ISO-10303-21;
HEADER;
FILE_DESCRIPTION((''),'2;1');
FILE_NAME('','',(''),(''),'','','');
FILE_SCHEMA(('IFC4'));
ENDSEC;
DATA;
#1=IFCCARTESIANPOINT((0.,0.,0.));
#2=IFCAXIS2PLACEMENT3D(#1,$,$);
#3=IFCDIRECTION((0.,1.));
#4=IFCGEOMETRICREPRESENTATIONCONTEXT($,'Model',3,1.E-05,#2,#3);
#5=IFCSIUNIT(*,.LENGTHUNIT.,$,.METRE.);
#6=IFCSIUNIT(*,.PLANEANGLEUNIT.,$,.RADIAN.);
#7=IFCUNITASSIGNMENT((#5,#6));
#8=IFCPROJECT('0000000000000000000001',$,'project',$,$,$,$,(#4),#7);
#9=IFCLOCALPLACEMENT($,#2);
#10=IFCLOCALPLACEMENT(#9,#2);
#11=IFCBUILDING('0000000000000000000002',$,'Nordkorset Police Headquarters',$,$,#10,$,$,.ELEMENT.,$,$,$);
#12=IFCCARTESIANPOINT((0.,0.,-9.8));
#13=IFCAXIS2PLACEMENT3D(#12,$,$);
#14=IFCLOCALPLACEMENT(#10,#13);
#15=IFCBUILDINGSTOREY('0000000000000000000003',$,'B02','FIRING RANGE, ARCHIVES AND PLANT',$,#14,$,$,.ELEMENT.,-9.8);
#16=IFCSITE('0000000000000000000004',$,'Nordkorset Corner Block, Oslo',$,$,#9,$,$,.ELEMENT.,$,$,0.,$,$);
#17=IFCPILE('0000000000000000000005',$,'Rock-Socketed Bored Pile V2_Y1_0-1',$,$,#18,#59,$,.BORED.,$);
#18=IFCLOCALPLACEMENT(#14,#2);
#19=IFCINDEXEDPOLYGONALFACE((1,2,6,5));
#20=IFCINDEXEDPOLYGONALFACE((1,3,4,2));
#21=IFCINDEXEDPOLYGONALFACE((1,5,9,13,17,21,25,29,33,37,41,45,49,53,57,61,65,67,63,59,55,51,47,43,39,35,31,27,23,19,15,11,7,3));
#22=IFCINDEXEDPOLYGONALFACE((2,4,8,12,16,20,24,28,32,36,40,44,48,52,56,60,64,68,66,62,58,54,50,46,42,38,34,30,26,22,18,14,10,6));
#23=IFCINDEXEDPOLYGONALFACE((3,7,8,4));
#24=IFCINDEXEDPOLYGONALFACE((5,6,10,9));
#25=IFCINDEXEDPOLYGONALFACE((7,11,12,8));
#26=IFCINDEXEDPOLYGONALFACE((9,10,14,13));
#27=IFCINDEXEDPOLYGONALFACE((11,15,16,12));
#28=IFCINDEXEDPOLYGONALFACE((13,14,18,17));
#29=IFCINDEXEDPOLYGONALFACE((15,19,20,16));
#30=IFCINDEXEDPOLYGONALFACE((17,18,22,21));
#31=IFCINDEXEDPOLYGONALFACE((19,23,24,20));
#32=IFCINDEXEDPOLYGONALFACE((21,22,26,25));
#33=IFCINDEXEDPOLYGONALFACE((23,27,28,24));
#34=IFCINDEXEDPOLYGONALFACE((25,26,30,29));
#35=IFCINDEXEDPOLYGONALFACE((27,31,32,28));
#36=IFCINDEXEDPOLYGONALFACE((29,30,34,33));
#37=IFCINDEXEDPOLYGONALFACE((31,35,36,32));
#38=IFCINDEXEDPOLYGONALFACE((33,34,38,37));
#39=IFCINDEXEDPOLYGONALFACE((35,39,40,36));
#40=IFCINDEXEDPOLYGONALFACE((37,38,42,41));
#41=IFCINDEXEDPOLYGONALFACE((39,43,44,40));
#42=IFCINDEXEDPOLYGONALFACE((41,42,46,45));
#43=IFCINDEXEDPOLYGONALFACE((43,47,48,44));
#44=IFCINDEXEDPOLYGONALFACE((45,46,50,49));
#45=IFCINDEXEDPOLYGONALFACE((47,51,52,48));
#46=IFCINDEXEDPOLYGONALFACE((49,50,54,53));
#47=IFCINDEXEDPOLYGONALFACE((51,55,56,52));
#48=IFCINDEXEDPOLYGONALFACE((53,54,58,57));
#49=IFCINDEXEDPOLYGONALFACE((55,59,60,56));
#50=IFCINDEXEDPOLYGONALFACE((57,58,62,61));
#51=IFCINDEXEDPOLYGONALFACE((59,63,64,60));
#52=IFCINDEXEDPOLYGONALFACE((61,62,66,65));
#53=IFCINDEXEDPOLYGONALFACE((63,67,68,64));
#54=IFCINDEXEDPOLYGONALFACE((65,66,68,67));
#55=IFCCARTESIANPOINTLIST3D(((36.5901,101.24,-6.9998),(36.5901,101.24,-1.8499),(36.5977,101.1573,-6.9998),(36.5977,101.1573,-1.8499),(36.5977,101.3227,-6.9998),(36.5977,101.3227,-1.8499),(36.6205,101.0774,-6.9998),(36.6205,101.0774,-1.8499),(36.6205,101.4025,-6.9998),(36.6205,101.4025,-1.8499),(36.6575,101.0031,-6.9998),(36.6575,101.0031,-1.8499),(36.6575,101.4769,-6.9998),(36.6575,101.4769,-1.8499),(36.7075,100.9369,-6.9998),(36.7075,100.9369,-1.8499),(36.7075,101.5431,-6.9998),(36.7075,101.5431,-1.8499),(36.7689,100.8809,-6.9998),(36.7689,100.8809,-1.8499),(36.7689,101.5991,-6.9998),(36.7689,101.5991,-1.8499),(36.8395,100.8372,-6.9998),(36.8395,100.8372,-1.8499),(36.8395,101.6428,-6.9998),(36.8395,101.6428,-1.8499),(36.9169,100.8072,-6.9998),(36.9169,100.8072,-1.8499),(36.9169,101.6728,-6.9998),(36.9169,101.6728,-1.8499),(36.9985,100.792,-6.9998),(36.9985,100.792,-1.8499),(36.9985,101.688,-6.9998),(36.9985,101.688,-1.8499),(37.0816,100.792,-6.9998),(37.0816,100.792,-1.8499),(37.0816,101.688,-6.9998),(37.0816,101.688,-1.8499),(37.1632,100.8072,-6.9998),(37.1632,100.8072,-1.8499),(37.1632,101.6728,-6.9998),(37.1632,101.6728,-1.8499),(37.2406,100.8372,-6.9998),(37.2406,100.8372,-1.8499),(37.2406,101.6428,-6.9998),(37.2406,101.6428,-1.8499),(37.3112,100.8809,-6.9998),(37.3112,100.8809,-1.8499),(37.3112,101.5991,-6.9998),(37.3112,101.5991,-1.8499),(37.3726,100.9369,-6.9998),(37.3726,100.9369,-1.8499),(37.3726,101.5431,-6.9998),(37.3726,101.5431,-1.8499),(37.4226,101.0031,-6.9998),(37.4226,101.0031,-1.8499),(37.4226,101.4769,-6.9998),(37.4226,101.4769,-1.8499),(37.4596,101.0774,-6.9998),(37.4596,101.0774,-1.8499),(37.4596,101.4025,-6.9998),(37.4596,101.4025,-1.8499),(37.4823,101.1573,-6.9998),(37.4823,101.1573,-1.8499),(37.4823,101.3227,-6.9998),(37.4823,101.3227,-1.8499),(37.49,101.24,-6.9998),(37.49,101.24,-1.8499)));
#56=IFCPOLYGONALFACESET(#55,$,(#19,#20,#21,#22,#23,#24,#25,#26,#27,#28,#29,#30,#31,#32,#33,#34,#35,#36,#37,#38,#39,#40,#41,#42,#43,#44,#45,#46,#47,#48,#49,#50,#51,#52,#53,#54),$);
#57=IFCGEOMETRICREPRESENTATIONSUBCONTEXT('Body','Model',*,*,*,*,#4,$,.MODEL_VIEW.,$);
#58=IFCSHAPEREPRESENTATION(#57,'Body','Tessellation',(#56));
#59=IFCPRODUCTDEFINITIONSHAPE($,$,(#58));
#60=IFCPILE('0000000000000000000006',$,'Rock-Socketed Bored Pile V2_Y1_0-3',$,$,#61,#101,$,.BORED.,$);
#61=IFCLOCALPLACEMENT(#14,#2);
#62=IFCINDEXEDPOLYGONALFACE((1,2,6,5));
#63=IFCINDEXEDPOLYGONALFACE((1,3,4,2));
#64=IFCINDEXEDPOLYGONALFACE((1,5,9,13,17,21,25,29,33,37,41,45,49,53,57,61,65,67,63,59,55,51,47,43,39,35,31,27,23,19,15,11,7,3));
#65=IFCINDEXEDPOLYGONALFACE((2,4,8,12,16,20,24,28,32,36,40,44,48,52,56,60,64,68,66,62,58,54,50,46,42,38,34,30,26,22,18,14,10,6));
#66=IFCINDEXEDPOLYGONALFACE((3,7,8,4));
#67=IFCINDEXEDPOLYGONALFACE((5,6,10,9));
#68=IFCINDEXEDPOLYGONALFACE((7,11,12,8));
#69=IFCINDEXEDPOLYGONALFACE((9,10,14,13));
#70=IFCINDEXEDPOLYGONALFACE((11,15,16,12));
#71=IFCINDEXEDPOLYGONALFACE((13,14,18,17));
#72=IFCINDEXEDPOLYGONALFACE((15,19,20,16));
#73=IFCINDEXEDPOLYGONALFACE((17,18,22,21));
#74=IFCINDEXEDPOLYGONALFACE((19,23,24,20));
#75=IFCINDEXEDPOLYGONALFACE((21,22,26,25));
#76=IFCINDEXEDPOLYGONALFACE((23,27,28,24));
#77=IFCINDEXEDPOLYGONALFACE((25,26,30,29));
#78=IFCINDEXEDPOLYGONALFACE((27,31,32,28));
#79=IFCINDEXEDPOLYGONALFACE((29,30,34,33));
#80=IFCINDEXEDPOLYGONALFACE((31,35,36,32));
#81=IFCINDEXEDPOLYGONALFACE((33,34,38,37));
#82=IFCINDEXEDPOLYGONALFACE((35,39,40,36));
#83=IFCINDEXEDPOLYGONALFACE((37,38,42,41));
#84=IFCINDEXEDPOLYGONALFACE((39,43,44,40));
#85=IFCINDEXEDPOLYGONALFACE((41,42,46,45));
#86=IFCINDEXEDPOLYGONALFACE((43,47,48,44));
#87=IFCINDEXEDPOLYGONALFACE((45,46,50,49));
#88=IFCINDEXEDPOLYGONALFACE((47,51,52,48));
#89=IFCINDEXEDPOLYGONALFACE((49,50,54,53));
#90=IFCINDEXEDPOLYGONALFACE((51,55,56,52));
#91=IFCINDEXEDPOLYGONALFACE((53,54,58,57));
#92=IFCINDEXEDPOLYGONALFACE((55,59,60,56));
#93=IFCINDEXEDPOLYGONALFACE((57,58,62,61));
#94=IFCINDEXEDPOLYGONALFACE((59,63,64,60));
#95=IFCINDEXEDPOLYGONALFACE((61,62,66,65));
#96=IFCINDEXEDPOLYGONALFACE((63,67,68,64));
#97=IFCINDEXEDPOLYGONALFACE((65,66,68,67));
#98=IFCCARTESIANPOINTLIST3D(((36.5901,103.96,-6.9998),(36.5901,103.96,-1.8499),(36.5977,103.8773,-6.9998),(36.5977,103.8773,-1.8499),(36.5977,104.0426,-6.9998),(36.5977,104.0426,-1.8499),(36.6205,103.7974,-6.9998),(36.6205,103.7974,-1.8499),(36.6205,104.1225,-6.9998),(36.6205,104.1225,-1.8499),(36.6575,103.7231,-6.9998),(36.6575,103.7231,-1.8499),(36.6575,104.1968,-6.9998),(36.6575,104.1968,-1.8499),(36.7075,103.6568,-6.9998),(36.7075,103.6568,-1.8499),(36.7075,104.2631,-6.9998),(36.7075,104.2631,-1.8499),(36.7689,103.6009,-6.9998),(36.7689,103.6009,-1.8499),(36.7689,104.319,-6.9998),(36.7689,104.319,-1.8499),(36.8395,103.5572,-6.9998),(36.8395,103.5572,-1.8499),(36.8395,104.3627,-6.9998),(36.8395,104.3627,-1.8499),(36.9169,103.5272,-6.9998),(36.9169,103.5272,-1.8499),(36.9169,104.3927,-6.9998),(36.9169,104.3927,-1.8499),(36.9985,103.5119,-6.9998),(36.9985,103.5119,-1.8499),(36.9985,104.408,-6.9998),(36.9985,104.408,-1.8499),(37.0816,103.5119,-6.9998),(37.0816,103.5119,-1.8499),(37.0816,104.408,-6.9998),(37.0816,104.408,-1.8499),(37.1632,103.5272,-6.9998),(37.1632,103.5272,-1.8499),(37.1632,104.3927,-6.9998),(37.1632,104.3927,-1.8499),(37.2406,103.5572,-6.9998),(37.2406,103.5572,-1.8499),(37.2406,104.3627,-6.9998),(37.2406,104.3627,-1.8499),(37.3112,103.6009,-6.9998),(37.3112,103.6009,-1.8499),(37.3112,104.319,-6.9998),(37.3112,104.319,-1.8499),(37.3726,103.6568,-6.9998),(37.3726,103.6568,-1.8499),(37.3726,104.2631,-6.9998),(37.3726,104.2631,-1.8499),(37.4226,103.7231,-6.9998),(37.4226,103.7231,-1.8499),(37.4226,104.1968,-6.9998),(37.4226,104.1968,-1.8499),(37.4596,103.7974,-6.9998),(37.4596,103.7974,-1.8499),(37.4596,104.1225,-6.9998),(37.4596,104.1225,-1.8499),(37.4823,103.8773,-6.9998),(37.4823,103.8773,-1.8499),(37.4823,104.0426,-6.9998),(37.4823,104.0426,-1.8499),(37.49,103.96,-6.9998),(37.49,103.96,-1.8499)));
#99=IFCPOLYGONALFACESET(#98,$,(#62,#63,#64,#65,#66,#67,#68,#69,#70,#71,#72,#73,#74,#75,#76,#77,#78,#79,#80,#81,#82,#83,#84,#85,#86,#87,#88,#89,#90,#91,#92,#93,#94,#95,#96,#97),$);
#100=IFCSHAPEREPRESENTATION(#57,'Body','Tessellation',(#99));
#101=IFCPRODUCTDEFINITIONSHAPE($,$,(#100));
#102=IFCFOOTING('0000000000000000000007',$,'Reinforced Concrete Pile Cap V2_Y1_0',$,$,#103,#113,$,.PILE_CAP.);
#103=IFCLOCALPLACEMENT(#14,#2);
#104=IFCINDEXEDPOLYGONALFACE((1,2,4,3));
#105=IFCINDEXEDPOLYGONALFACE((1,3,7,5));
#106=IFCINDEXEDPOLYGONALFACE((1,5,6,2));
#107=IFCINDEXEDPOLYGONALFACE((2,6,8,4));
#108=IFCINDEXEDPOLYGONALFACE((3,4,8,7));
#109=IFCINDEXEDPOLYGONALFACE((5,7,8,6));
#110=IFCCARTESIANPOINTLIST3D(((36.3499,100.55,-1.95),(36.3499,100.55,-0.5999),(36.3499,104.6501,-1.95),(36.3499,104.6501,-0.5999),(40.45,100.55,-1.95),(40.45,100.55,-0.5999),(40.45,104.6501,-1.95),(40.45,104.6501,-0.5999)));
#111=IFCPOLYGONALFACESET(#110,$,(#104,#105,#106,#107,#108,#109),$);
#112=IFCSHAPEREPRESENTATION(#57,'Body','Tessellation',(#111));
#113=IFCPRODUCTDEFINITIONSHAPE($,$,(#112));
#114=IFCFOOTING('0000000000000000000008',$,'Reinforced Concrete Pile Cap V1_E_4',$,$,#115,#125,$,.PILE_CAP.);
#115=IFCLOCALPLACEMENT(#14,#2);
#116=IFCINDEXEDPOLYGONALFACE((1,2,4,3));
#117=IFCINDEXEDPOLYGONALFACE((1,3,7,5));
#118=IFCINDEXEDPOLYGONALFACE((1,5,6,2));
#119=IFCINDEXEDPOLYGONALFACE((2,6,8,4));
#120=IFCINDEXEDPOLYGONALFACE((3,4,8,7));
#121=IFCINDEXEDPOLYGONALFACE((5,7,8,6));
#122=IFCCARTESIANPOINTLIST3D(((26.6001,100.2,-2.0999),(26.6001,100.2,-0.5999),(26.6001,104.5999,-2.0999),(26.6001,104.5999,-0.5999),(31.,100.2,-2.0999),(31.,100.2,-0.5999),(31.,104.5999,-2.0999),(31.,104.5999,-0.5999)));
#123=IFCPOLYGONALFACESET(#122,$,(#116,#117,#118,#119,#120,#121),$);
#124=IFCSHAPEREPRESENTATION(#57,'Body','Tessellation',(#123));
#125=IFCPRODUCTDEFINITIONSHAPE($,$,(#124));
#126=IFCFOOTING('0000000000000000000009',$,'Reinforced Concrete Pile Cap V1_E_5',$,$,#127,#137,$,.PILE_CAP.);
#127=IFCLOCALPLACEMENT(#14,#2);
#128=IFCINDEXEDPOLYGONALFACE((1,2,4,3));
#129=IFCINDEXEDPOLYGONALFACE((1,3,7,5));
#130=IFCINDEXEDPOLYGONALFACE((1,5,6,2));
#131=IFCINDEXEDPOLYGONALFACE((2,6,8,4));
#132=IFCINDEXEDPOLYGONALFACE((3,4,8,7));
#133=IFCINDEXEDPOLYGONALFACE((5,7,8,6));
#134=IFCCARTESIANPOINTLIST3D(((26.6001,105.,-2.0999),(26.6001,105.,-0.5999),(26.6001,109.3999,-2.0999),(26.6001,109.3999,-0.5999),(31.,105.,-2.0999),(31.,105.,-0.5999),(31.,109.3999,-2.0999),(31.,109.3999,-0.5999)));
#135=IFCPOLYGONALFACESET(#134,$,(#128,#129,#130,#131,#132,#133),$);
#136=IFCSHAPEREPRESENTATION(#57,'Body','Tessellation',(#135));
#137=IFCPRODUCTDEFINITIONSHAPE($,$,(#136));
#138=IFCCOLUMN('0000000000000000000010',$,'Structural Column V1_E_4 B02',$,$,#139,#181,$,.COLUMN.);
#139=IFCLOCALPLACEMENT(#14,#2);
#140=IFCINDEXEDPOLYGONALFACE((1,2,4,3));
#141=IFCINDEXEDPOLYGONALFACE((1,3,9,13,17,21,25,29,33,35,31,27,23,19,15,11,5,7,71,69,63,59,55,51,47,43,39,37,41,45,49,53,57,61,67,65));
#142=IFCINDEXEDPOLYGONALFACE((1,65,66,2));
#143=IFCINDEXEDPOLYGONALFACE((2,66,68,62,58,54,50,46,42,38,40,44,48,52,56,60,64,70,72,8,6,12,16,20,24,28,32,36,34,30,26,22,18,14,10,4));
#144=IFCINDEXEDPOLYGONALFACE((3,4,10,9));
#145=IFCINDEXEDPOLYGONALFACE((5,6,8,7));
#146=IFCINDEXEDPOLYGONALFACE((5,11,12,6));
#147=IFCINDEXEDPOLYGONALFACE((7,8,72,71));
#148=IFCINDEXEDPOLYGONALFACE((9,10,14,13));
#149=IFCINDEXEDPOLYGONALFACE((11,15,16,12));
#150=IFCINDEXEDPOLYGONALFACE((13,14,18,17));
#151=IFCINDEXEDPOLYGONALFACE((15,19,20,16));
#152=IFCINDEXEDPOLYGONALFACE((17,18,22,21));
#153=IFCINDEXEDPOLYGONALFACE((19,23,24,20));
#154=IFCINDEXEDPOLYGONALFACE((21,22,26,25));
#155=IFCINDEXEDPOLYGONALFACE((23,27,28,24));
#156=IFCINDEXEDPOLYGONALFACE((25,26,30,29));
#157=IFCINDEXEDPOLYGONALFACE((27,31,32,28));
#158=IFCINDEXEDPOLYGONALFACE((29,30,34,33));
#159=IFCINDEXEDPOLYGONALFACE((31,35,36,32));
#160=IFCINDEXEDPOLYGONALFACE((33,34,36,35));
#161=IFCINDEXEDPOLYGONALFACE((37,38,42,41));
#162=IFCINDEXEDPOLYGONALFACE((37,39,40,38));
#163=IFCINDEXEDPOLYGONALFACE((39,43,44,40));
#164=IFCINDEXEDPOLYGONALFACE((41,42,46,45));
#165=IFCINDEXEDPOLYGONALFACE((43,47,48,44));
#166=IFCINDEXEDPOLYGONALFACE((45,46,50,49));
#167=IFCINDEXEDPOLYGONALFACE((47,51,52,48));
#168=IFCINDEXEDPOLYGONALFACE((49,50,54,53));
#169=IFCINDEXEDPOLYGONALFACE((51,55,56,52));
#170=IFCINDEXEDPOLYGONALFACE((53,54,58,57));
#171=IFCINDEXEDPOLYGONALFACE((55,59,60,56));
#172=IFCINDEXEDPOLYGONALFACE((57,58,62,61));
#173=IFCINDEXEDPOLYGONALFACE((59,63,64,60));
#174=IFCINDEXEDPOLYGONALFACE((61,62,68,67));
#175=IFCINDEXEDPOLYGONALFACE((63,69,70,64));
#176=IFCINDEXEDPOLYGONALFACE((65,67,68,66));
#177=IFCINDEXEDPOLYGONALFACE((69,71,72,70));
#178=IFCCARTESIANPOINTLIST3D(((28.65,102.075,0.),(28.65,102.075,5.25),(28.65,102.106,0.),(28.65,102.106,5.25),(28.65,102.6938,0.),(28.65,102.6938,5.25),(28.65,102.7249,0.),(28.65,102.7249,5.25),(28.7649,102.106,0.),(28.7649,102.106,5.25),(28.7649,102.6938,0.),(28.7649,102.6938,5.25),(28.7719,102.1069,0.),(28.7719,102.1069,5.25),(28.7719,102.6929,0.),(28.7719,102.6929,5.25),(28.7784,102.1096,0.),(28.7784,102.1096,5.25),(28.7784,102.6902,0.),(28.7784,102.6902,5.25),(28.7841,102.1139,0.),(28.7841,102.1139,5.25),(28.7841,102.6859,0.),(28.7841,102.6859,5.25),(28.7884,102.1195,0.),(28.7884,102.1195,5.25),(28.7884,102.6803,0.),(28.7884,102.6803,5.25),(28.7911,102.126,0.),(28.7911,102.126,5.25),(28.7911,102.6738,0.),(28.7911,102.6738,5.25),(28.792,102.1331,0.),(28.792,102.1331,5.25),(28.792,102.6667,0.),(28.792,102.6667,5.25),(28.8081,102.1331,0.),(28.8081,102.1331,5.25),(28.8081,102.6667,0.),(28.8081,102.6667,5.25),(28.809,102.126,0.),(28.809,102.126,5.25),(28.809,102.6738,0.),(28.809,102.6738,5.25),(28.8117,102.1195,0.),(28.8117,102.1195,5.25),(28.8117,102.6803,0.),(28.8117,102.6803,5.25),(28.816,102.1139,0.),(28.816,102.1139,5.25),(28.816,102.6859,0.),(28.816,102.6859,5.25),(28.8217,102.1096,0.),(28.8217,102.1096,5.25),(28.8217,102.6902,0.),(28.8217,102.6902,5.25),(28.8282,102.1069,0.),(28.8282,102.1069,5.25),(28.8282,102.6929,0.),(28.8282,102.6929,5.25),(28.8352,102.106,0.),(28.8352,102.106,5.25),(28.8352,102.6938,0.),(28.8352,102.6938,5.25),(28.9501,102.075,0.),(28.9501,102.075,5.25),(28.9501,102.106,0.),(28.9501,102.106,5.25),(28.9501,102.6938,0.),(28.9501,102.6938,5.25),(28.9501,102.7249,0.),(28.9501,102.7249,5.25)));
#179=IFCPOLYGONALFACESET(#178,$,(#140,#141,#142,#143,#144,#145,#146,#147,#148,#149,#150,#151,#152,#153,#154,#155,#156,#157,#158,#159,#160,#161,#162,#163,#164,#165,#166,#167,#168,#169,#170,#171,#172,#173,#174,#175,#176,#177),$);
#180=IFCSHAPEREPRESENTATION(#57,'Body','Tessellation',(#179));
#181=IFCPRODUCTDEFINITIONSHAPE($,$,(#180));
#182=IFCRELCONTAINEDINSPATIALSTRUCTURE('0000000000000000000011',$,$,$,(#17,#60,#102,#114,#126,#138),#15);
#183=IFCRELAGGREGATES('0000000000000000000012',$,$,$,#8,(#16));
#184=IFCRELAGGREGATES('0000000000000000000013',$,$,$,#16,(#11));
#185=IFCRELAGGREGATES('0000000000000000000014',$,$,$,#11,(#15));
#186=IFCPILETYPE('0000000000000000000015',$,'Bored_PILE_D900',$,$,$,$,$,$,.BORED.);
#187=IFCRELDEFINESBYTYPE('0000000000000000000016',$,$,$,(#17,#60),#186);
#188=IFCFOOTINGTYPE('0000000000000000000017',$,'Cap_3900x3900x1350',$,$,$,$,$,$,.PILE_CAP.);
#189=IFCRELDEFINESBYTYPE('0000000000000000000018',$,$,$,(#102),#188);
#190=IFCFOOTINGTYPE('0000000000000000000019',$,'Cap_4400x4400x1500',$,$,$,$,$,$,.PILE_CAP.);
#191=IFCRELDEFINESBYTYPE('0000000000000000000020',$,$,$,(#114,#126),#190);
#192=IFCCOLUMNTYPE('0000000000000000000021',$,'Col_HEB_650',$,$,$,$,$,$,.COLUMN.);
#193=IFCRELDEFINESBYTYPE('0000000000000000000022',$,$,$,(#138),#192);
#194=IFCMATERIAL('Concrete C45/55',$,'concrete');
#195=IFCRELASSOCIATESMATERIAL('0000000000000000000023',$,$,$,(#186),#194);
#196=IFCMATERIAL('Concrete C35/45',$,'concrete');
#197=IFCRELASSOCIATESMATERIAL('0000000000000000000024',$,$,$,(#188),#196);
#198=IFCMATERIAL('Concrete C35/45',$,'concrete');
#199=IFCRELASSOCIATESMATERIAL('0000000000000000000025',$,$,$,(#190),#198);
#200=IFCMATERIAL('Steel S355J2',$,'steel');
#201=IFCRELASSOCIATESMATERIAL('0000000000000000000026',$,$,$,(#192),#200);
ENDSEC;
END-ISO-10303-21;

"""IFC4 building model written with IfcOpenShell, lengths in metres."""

from ifc_helpers import new_model, si_unit, direction, frame, origin, origin_2d, place, context, subcontext, project, spatial, rectangle, circle, i_section, extrude, material, material_profile, profile_set, type_object, element, save


model = new_model("IFC4")

# Units and contexts
model_context = context("Model", 3, precision=1e-05, world=origin(), true_north=direction((0.0, 1.0)))
body_context = subcontext(model_context, "Body", "Model", "MODEL_VIEW")
ifc_project = project(units=[si_unit("LENGTHUNIT", "METRE"), si_unit("PLANEANGLEUNIT", "RADIAN")], contexts=[model_context])

# Site, building, storey
site_placement = place(None, origin())
site = spatial("IfcSite", under=ifc_project, at=site_placement, Name="Nordkorset Corner Block, Oslo", CompositionType="ELEMENT", RefElevation=0.0)
building_placement = place(site_placement, origin())
building = spatial("IfcBuilding", under=site, at=building_placement, Name="Nordkorset Police Headquarters", CompositionType="ELEMENT")
storey_placement = place(building_placement, frame((0.0, 0.0, -9.8)))
storey = spatial("IfcBuildingStorey", under=building, at=storey_placement, Name="B02", Description="FIRING RANGE, ARCHIVES AND PLANT", CompositionType="ELEMENT", Elevation=-9.8)

# Piles
ifc_material_1 = material(Name="Concrete C45/55", Category="concrete")
ifc_material_profile_1 = material_profile(ifc_material_1, circle(Radius=0.45, at=origin_2d()), Name="PILE D900")
ifc_profile_set_1 = profile_set([ifc_material_profile_1], Name="Concrete C45/55")
pile_type = type_object("IfcPileType", Name="Bored_PILE_D900", PredefinedType="BORED", material=ifc_profile_set_1)
for number, where, z_axis, x_axis, name in (
    (1, (37.04, 101.24, -1.8499), (0.0, 0.0, -1.0), (1.0, 0.0, 0.0), "Rock-Socketed Bored Pile V2_Y1_0-1"),
    (2, (37.04, 103.96, -1.8499), (0.0, 0.0, -1.0), (1.0, 0.0, 0.0), "Rock-Socketed Bored Pile V2_Y1_0-3"),
):
    element("IfcPile", number, at=place(storey_placement, frame(where, z_axis=z_axis, x_axis=x_axis)), inside=storey, type_object=pile_type, Name=name, PredefinedType="BORED", context=body_context, shape_type="SweptSolid", body=[
        extrude(circle(Radius=0.45, at=origin_2d()), origin(), (0.0, 0.0, 1.0), 5.1499),
    ])

# Footings
ifc_material_2 = material(Name="Concrete C35/45", Category="concrete")
footing_type_1 = type_object("IfcFootingType", Name="Cap_3900x3900x1350", PredefinedType="PILE_CAP", material=ifc_material_2)
footing_placement = place(storey_placement, frame((38.3999, 102.6001, -1.95), z_axis=(0.0, 0.0, 1.0), x_axis=(1.0, 0.0, 0.0)))
element("IfcFooting", 3, at=footing_placement, inside=storey, type_object=footing_type_1, Name="Reinforced Concrete Pile Cap V2_Y1_0", PredefinedType="PILE_CAP", context=body_context, shape_type="SweptSolid", body=[
    extrude(rectangle(XDim=4.1001, YDim=4.1001, at=origin_2d()), origin(), (0.0, 0.0, 1.0), 1.3501),
])
ifc_material_3 = material(Name="Concrete C35/45", Category="concrete")
footing_type_2 = type_object("IfcFootingType", Name="Cap_4400x4400x1500", PredefinedType="PILE_CAP", material=ifc_material_3)
for number, where, z_axis, x_axis, name in (
    (4, (28.8, 102.3999, -2.0999), (0.0, 0.0, 1.0), (1.0, 0.0, 0.0), "Reinforced Concrete Pile Cap V1_E_4"),
    (5, (28.8, 107.2, -2.0999), (0.0, 0.0, 1.0), (1.0, 0.0, 0.0), "Reinforced Concrete Pile Cap V1_E_5"),
):
    element("IfcFooting", number, at=place(storey_placement, frame(where, z_axis=z_axis, x_axis=x_axis)), inside=storey, type_object=footing_type_2, Name=name, PredefinedType="PILE_CAP", context=body_context, shape_type="SweptSolid", body=[
        extrude(rectangle(XDim=4.3999, YDim=4.3999, at=origin_2d()), origin(), (0.0, 0.0, 1.0), 1.5),
    ])

# Column
ifc_material_4 = material(Name="Steel S355J2", Category="steel")
ifc_material_profile_2 = material_profile(ifc_material_4, i_section(OverallWidth=0.3, OverallDepth=0.6499, WebThickness=0.0161, FlangeThickness=0.031, FilletRadius=0.0271, at=origin_2d()), Name="HEB 650")
ifc_profile_set_2 = profile_set([ifc_material_profile_2], Name="Steel S355J2")
column_type = type_object("IfcColumnType", Name="Col_HEB_650", PredefinedType="COLUMN", material=ifc_profile_set_2)
for number, where, z_axis, x_axis, name in (
    (6, (28.8, 102.3999, 0.0), (0.0, 0.0, 1.0), (1.0, 0.0, 0.0), "Structural Column V1_E_4 B02"),
):
    element("IfcColumn", number, at=place(storey_placement, frame(where, z_axis=z_axis, x_axis=x_axis)), inside=storey, type_object=column_type, Name=name, PredefinedType="COLUMN", context=body_context, shape_type="SweptSolid", body=[
        extrude(i_section(OverallWidth=0.3, OverallDepth=0.6499, WebThickness=0.0161, FlangeThickness=0.031, FilletRadius=0.0271, at=origin_2d()), origin(), (0.0, 0.0, 1.0), 5.25),
    ])

save(model, "model.ifc")
